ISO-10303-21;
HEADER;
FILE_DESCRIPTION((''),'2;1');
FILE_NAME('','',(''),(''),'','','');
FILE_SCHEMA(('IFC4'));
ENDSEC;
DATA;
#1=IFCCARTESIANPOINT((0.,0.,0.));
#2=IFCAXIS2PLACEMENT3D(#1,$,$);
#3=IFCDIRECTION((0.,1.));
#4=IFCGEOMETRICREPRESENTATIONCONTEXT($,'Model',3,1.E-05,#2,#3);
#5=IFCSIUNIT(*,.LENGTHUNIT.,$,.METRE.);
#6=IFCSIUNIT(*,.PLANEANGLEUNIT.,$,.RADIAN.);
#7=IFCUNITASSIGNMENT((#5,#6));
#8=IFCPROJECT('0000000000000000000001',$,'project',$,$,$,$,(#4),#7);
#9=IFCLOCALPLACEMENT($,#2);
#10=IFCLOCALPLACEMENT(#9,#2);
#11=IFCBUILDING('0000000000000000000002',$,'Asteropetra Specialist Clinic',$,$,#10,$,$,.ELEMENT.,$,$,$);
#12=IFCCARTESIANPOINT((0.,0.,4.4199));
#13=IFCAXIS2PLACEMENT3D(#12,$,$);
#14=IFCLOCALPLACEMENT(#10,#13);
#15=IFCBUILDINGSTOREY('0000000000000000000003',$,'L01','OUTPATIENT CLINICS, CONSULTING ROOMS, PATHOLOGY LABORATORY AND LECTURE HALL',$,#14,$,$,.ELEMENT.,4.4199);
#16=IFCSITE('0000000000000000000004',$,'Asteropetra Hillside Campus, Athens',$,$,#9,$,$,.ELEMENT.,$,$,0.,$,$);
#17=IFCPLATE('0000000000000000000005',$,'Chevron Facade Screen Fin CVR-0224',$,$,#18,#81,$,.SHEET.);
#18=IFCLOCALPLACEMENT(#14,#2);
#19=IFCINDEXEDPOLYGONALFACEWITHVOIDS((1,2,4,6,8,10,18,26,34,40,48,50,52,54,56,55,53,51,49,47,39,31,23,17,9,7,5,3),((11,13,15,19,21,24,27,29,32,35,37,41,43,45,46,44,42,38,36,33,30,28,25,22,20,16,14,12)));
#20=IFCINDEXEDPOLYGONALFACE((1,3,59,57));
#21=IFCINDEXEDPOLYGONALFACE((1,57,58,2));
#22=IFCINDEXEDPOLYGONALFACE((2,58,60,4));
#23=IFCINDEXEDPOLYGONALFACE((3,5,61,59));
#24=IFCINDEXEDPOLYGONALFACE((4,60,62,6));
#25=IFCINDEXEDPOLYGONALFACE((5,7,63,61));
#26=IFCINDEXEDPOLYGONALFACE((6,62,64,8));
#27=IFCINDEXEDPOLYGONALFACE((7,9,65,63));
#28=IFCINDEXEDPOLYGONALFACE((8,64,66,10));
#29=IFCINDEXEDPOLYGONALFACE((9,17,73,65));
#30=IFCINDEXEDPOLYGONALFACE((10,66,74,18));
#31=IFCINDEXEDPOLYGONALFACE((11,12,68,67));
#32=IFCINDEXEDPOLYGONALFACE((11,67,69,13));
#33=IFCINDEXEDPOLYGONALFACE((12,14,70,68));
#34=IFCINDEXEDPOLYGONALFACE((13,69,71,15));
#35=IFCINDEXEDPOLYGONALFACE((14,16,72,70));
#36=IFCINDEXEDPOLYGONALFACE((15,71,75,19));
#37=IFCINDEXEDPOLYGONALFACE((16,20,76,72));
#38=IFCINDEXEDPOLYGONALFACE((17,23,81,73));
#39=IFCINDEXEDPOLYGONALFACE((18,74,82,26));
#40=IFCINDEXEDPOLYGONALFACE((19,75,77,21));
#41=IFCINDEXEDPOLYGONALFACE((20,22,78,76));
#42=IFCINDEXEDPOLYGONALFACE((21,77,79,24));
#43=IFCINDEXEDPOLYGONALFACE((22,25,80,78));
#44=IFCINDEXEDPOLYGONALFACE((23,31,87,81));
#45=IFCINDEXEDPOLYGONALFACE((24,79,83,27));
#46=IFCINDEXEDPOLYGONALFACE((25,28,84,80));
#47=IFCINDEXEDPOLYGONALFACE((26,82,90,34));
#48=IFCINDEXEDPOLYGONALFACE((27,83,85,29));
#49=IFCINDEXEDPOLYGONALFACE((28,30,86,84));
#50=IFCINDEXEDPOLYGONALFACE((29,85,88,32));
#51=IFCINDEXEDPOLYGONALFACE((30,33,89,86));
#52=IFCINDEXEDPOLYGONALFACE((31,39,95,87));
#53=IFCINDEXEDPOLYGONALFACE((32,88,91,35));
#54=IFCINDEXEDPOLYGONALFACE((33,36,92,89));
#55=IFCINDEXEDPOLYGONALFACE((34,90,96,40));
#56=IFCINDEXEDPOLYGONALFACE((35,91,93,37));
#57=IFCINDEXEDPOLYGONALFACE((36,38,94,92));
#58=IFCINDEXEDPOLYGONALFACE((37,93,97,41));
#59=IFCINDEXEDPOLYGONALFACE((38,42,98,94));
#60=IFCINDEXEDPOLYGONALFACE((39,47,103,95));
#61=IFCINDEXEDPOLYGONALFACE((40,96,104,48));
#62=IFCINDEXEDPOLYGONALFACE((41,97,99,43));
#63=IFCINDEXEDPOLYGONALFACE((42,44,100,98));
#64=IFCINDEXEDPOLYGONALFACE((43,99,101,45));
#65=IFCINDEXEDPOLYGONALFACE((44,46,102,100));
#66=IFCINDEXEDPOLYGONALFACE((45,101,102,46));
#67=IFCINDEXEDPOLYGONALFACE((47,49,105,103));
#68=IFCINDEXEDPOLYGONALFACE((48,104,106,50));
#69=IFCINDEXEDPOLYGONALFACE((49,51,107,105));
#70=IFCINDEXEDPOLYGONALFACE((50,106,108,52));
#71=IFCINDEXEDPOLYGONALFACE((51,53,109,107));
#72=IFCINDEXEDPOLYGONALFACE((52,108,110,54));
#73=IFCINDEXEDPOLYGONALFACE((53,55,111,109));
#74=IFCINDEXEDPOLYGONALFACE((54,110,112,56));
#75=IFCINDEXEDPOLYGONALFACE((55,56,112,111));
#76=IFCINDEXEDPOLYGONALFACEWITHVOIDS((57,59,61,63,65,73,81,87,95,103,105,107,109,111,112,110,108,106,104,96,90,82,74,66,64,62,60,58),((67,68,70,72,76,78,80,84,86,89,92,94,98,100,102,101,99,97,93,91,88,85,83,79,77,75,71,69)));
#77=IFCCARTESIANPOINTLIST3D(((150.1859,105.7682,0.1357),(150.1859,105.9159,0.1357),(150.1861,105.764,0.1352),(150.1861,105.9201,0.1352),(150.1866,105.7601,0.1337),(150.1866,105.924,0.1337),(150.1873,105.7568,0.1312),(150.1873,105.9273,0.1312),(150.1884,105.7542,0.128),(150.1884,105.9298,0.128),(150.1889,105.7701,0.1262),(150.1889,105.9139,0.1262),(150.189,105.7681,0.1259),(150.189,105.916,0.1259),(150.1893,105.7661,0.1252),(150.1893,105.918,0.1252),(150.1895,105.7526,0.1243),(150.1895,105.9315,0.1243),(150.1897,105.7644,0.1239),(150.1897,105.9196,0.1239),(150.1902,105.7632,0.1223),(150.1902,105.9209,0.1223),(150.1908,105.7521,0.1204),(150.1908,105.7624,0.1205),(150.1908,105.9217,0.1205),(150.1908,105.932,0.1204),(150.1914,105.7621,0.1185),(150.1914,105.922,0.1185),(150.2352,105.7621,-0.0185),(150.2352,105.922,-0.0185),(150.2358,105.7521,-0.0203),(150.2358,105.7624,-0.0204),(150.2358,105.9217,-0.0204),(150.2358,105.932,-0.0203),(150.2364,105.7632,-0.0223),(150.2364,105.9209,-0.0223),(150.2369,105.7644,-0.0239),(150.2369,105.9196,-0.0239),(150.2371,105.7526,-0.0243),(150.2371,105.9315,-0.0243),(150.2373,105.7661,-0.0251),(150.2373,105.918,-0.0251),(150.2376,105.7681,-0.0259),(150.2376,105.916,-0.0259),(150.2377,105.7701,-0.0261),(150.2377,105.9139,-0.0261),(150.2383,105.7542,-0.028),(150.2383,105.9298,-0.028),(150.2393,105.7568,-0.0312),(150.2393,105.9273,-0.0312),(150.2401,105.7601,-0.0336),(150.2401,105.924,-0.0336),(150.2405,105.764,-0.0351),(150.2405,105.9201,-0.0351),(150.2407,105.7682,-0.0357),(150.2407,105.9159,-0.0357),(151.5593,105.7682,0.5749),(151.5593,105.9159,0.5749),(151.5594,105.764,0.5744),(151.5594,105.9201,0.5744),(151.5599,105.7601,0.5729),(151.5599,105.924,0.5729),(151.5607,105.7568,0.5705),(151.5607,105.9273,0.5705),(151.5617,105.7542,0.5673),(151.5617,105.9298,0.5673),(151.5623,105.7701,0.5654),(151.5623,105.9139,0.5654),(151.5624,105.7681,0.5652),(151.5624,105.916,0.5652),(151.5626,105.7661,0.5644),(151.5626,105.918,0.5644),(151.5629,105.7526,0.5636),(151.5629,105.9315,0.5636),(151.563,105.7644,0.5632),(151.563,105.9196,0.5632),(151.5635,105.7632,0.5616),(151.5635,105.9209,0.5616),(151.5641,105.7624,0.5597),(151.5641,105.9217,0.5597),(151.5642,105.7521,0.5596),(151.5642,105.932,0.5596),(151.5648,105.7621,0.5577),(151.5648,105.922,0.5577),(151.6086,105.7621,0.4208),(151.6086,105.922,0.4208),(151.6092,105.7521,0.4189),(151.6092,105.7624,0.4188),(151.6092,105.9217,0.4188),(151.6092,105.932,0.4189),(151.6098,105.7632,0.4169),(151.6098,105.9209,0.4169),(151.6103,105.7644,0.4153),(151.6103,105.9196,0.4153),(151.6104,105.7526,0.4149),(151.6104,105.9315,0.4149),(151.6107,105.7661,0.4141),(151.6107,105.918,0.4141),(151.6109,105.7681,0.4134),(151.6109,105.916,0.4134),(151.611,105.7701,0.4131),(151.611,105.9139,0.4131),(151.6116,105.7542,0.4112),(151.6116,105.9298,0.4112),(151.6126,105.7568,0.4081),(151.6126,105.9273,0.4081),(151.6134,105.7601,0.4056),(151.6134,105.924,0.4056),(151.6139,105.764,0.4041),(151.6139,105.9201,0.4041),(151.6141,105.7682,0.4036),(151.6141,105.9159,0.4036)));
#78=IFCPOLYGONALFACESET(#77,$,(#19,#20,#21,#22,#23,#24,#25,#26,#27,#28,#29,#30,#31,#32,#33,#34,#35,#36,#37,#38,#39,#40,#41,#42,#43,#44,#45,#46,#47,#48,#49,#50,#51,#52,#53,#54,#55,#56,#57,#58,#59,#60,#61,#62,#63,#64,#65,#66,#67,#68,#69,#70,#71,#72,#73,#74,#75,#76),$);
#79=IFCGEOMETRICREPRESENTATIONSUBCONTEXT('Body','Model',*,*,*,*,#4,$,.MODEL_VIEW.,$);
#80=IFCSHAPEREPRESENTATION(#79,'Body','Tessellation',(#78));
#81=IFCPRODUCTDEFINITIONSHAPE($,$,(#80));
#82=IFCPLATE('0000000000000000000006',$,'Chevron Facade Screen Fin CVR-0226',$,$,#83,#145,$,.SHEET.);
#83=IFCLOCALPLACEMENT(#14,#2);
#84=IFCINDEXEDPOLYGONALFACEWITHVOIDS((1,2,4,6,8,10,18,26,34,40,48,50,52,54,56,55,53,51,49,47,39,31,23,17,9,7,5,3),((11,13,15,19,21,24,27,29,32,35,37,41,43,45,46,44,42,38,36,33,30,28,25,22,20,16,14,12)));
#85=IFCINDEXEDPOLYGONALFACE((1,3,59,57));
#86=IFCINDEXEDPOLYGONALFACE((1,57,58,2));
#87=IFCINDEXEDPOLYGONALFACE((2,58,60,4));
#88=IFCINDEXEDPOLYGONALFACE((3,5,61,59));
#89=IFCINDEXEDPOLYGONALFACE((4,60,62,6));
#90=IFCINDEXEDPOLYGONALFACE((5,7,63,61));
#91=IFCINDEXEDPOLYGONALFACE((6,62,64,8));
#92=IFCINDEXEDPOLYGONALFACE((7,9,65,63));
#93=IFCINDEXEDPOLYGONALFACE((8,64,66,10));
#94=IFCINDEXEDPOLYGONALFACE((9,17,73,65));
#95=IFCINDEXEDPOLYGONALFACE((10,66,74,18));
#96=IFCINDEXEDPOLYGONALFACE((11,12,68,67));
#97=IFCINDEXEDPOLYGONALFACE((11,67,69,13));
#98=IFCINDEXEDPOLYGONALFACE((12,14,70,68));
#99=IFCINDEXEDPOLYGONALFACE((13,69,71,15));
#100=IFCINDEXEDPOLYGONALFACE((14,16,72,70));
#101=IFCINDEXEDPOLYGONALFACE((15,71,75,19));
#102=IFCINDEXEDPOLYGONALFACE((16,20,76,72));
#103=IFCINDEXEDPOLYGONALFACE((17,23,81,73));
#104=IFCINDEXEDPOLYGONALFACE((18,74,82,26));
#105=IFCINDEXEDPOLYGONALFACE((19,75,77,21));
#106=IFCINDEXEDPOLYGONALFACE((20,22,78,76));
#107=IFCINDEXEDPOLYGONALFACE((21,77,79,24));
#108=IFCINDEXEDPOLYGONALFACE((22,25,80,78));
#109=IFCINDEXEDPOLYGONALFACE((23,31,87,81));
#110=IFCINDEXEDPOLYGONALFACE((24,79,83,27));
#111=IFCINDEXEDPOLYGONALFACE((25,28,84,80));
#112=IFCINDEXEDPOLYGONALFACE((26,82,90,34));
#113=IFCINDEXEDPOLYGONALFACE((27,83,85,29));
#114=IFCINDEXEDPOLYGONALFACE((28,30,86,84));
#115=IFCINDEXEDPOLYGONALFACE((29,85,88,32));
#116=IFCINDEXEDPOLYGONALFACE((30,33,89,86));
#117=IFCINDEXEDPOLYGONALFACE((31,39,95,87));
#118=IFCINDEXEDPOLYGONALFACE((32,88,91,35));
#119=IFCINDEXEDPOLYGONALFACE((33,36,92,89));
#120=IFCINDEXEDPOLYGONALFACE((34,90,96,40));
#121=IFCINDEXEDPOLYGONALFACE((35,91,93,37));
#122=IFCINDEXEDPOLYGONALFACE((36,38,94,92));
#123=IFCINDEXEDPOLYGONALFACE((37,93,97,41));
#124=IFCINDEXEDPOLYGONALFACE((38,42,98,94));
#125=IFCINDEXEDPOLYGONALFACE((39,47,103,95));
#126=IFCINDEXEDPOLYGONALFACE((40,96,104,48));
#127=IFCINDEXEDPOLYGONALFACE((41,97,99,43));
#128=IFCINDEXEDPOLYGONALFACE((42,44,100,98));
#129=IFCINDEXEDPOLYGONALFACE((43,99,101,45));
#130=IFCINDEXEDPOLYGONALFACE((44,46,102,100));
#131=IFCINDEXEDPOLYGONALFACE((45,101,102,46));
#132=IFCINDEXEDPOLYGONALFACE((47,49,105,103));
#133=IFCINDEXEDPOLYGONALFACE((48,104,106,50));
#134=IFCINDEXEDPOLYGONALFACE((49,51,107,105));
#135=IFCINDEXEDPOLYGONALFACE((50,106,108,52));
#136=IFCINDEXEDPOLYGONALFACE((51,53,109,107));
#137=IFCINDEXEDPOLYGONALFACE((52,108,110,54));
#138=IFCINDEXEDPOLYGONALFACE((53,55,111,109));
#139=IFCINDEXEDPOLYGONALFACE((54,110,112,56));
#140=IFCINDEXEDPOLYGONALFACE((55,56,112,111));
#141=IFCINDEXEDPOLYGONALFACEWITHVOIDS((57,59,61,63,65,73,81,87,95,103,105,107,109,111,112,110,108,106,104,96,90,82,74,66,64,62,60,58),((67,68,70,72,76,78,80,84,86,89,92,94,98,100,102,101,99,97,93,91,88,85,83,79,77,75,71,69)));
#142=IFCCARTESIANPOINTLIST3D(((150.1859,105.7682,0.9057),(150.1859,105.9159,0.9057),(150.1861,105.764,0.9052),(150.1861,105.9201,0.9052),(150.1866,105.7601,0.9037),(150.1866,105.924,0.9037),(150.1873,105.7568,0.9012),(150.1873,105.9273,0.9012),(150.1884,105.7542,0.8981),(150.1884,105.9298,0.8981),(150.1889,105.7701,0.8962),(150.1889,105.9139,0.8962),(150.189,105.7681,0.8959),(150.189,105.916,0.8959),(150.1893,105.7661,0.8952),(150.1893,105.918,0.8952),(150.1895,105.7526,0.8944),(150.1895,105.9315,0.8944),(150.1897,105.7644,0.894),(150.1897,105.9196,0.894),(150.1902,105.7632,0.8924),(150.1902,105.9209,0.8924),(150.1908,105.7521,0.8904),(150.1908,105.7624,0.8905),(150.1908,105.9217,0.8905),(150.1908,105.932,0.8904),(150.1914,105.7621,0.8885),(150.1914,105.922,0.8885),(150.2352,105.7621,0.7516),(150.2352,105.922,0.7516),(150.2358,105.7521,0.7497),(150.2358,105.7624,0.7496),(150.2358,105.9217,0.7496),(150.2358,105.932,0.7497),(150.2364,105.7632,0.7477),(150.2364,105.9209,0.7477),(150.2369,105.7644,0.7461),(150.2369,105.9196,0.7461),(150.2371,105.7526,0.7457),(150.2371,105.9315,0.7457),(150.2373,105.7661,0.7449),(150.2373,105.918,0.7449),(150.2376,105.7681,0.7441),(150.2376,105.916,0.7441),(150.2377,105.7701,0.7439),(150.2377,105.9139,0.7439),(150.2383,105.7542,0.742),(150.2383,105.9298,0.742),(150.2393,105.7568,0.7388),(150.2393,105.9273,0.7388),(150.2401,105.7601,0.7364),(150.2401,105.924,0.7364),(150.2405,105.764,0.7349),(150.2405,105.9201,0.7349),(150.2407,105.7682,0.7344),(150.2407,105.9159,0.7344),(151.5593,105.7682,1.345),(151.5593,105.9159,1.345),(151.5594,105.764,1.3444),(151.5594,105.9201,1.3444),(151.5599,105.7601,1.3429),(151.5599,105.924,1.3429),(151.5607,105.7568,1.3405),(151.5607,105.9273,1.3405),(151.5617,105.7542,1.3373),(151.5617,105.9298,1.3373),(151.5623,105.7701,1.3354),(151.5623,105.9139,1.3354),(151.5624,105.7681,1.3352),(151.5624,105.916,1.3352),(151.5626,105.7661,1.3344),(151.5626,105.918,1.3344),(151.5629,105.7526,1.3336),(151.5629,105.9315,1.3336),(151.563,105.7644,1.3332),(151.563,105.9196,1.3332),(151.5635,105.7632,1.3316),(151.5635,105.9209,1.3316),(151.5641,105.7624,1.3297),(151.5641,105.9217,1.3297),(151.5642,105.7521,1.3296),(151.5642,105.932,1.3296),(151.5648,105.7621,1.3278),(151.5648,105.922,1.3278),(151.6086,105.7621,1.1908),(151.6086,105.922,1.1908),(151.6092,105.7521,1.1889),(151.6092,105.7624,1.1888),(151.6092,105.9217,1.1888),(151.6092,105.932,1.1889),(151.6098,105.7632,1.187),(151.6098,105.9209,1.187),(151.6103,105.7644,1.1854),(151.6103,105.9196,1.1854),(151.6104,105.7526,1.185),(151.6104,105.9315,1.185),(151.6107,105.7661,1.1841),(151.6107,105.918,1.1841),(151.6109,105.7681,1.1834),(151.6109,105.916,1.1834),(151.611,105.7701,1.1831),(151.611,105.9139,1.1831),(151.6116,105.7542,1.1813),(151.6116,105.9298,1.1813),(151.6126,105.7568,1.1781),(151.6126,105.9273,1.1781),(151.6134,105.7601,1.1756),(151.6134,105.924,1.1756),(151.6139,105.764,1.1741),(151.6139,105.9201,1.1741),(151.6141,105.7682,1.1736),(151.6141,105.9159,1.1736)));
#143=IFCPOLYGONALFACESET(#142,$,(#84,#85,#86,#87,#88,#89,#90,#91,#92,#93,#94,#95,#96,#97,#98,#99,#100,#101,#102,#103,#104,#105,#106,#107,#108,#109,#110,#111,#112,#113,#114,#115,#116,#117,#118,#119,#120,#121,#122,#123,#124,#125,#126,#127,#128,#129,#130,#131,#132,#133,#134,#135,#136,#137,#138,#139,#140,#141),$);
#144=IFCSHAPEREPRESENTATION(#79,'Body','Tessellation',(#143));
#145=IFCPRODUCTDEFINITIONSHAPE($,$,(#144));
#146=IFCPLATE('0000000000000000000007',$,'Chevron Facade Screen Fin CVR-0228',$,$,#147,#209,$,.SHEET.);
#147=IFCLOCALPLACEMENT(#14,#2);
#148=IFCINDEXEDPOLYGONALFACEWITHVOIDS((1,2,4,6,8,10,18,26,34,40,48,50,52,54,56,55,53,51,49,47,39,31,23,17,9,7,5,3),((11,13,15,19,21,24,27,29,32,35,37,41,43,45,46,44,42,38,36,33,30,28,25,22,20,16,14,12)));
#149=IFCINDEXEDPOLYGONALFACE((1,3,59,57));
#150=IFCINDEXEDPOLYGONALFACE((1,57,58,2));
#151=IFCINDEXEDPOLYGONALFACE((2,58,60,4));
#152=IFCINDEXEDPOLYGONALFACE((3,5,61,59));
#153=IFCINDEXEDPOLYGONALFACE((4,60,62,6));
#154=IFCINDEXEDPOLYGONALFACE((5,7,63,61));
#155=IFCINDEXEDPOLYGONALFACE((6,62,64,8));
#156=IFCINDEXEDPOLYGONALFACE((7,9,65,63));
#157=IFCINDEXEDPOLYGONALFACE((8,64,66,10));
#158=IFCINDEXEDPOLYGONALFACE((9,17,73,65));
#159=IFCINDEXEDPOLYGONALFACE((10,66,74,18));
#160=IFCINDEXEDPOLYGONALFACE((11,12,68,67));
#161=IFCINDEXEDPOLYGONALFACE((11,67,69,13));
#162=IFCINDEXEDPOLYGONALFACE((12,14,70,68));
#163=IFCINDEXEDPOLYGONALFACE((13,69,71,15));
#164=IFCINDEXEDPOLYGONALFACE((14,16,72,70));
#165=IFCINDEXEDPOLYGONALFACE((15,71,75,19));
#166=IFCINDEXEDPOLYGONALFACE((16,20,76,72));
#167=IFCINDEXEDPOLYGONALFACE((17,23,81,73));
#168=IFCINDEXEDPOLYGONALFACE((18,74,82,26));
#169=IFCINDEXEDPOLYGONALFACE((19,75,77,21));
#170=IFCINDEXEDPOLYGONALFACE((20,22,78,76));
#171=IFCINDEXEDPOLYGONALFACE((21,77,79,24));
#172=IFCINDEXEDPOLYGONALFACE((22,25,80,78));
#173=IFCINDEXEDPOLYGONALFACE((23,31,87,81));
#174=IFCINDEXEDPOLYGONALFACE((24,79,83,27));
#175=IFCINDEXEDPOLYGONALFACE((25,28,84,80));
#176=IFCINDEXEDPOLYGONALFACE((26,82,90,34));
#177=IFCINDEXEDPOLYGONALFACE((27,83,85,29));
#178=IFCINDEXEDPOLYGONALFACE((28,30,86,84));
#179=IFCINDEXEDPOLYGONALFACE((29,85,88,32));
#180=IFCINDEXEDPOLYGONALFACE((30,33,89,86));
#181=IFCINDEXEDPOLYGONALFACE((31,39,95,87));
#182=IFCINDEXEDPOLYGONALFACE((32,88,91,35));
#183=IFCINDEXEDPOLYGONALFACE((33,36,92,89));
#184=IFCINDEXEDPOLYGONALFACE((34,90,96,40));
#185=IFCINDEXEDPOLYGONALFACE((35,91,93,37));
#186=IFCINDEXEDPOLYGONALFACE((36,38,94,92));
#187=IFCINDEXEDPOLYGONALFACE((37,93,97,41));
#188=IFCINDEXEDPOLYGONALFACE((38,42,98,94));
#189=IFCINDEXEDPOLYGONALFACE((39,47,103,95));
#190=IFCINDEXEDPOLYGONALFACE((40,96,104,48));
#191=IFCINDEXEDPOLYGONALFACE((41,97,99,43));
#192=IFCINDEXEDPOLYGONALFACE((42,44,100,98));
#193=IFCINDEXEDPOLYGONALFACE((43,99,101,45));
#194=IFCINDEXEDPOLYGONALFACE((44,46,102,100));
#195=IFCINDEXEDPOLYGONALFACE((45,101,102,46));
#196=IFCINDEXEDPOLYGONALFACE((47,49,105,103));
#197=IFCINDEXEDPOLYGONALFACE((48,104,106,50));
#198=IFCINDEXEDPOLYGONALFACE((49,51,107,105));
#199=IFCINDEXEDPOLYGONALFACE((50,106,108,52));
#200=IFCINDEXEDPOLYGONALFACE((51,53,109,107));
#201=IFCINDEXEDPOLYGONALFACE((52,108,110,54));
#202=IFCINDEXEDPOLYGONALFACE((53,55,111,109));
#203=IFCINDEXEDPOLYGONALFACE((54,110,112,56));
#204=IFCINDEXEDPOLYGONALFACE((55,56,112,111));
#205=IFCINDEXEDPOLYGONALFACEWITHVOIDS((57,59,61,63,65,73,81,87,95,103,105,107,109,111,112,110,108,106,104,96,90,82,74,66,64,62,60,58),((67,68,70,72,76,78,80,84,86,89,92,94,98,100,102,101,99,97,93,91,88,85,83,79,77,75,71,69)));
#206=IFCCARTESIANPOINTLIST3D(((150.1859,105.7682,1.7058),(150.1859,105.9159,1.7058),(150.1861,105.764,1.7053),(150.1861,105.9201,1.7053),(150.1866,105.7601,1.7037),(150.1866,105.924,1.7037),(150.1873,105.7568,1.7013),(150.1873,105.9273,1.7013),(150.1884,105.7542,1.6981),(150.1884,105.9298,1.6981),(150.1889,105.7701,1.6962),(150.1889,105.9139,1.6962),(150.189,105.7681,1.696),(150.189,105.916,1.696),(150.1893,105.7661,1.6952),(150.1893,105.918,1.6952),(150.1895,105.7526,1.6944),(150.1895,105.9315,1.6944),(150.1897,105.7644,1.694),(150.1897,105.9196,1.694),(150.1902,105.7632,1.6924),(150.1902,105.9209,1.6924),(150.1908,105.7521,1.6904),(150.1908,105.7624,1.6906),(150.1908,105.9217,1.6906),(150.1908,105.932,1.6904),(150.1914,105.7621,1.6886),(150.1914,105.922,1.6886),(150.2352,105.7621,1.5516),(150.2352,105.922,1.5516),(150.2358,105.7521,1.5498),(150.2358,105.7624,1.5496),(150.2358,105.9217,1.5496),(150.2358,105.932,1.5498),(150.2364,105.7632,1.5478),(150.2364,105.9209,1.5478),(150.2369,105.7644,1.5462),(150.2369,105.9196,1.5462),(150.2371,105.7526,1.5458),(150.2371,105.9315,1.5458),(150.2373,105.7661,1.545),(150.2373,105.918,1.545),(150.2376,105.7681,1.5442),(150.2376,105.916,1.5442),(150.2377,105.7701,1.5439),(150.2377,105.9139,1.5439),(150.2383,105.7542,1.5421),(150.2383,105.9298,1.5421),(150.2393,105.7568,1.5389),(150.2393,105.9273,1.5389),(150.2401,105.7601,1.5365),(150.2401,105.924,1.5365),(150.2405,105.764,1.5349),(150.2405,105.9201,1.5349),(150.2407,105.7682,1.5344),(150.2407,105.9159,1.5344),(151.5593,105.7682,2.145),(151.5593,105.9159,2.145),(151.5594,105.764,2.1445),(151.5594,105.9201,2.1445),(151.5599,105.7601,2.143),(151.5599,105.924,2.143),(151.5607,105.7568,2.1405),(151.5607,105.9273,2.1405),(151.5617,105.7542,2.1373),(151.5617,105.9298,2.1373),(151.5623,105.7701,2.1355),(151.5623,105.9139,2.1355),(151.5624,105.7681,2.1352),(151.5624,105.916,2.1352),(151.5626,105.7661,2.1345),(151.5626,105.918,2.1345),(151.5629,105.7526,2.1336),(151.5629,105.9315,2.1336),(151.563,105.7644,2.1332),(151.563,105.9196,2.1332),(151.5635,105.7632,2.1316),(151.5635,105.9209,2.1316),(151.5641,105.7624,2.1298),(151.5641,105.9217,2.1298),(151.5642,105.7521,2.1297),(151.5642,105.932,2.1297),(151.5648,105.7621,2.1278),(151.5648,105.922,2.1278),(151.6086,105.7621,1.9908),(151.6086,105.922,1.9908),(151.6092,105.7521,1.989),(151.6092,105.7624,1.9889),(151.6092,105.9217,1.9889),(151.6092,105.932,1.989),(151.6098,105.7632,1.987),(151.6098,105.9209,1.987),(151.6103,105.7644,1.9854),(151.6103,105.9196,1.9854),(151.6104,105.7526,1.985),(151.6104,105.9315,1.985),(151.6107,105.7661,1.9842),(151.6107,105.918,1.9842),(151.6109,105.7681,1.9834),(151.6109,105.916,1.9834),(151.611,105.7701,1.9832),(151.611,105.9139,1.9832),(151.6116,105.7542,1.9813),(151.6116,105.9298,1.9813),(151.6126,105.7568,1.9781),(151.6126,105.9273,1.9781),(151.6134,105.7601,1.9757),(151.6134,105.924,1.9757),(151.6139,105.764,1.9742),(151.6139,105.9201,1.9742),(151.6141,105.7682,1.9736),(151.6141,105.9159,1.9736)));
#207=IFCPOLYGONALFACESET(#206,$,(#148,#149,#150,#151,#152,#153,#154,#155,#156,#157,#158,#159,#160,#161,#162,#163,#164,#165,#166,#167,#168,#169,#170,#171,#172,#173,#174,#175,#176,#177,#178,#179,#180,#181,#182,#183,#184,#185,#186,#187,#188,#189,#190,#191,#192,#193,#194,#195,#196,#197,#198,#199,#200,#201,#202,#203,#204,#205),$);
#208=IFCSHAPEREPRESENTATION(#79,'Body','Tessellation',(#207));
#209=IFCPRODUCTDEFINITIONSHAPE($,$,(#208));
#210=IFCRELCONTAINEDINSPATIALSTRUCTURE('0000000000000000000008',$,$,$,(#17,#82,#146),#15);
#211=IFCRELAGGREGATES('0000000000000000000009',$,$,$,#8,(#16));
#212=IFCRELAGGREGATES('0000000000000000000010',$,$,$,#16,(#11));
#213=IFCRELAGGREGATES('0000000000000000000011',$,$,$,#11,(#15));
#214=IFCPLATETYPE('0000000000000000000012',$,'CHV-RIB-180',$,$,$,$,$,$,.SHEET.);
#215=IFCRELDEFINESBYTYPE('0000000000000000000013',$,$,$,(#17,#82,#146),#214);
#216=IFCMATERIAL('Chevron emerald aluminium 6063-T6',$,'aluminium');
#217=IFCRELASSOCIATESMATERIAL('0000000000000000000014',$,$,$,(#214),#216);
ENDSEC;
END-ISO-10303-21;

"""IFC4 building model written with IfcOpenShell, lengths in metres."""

from ifc_helpers import new_model, si_unit, direction, frame, origin, origin_2d, place, context, subcontext, project, spatial, hollow_rectangle, extrude, material, material_profile, profile_set, type_object, element, save


model = new_model("IFC4")

# Units and contexts
model_context = context("Model", 3, precision=1e-05, world=origin(), true_north=direction((0.0, 1.0)))
body_context = subcontext(model_context, "Body", "Model", "MODEL_VIEW")
ifc_project = project(units=[si_unit("LENGTHUNIT", "METRE"), si_unit("PLANEANGLEUNIT", "RADIAN")], contexts=[model_context])

# Site, building, storey
site_placement = place(None, origin())
site = spatial("IfcSite", under=ifc_project, at=site_placement, Name="Asteropetra Hillside Campus, Athens", CompositionType="ELEMENT", RefElevation=0.0)
building_placement = place(site_placement, origin())
building = spatial("IfcBuilding", under=site, at=building_placement, Name="Asteropetra Specialist Clinic", CompositionType="ELEMENT")
storey_placement = place(building_placement, frame((0.0, 0.0, 4.4199)))
storey = spatial("IfcBuildingStorey", under=building, at=storey_placement, Name="L01", Description="OUTPATIENT CLINICS, CONSULTING ROOMS, PATHOLOGY LABORATORY AND LECTURE HALL", CompositionType="ELEMENT", Elevation=4.4199)

# Plates
ifc_material_1 = material(Name="Chevron emerald aluminium 6063-T6", Category="aluminium")
ifc_material_profile = material_profile(ifc_material_1, hollow_rectangle(XDim=0.1799, YDim=0.1799, WallThickness=0.01, InnerFilletRadius=0.0081, OuterFilletRadius=0.0161, at=origin_2d()), Name="SHS 180x180x10.0")
ifc_profile_set = profile_set([ifc_material_profile], Name="Chevron emerald aluminium 6063-T6")
plate_type = type_object("IfcPlateType", Name="CHV-RIB-180", PredefinedType="SHEET", material=ifc_profile_set)
for number, where, z_axis, x_axis, name in (
    (1, (151.5867, 105.842, 0.4893), (-0.952473, 0.0, -0.304622), (0.0, -1.0, 0.0), "Chevron Facade Screen Fin CVR-0224"),
    (2, (151.5867, 105.842, 1.2593), (-0.952473, 0.0, -0.304622), (0.0, -1.0, 0.0), "Chevron Facade Screen Fin CVR-0226"),
    (3, (151.5867, 105.842, 2.0593), (-0.952473, 0.0, -0.304622), (0.0, -1.0, 0.0), "Chevron Facade Screen Fin CVR-0228"),
):
    element("IfcPlate", number, at=place(storey_placement, frame(where, z_axis=z_axis, x_axis=x_axis)), inside=storey, type_object=plate_type, Name=name, PredefinedType="SHEET", context=body_context, shape_type="SweptSolid", body=[
        extrude(hollow_rectangle(XDim=0.1799, YDim=0.1799, WallThickness=0.01, InnerFilletRadius=0.0081, OuterFilletRadius=0.0161, at=origin_2d()), origin(), (0.0, 0.0, 1.0), 1.4419),
    ])

save(model, "model.ifc")
